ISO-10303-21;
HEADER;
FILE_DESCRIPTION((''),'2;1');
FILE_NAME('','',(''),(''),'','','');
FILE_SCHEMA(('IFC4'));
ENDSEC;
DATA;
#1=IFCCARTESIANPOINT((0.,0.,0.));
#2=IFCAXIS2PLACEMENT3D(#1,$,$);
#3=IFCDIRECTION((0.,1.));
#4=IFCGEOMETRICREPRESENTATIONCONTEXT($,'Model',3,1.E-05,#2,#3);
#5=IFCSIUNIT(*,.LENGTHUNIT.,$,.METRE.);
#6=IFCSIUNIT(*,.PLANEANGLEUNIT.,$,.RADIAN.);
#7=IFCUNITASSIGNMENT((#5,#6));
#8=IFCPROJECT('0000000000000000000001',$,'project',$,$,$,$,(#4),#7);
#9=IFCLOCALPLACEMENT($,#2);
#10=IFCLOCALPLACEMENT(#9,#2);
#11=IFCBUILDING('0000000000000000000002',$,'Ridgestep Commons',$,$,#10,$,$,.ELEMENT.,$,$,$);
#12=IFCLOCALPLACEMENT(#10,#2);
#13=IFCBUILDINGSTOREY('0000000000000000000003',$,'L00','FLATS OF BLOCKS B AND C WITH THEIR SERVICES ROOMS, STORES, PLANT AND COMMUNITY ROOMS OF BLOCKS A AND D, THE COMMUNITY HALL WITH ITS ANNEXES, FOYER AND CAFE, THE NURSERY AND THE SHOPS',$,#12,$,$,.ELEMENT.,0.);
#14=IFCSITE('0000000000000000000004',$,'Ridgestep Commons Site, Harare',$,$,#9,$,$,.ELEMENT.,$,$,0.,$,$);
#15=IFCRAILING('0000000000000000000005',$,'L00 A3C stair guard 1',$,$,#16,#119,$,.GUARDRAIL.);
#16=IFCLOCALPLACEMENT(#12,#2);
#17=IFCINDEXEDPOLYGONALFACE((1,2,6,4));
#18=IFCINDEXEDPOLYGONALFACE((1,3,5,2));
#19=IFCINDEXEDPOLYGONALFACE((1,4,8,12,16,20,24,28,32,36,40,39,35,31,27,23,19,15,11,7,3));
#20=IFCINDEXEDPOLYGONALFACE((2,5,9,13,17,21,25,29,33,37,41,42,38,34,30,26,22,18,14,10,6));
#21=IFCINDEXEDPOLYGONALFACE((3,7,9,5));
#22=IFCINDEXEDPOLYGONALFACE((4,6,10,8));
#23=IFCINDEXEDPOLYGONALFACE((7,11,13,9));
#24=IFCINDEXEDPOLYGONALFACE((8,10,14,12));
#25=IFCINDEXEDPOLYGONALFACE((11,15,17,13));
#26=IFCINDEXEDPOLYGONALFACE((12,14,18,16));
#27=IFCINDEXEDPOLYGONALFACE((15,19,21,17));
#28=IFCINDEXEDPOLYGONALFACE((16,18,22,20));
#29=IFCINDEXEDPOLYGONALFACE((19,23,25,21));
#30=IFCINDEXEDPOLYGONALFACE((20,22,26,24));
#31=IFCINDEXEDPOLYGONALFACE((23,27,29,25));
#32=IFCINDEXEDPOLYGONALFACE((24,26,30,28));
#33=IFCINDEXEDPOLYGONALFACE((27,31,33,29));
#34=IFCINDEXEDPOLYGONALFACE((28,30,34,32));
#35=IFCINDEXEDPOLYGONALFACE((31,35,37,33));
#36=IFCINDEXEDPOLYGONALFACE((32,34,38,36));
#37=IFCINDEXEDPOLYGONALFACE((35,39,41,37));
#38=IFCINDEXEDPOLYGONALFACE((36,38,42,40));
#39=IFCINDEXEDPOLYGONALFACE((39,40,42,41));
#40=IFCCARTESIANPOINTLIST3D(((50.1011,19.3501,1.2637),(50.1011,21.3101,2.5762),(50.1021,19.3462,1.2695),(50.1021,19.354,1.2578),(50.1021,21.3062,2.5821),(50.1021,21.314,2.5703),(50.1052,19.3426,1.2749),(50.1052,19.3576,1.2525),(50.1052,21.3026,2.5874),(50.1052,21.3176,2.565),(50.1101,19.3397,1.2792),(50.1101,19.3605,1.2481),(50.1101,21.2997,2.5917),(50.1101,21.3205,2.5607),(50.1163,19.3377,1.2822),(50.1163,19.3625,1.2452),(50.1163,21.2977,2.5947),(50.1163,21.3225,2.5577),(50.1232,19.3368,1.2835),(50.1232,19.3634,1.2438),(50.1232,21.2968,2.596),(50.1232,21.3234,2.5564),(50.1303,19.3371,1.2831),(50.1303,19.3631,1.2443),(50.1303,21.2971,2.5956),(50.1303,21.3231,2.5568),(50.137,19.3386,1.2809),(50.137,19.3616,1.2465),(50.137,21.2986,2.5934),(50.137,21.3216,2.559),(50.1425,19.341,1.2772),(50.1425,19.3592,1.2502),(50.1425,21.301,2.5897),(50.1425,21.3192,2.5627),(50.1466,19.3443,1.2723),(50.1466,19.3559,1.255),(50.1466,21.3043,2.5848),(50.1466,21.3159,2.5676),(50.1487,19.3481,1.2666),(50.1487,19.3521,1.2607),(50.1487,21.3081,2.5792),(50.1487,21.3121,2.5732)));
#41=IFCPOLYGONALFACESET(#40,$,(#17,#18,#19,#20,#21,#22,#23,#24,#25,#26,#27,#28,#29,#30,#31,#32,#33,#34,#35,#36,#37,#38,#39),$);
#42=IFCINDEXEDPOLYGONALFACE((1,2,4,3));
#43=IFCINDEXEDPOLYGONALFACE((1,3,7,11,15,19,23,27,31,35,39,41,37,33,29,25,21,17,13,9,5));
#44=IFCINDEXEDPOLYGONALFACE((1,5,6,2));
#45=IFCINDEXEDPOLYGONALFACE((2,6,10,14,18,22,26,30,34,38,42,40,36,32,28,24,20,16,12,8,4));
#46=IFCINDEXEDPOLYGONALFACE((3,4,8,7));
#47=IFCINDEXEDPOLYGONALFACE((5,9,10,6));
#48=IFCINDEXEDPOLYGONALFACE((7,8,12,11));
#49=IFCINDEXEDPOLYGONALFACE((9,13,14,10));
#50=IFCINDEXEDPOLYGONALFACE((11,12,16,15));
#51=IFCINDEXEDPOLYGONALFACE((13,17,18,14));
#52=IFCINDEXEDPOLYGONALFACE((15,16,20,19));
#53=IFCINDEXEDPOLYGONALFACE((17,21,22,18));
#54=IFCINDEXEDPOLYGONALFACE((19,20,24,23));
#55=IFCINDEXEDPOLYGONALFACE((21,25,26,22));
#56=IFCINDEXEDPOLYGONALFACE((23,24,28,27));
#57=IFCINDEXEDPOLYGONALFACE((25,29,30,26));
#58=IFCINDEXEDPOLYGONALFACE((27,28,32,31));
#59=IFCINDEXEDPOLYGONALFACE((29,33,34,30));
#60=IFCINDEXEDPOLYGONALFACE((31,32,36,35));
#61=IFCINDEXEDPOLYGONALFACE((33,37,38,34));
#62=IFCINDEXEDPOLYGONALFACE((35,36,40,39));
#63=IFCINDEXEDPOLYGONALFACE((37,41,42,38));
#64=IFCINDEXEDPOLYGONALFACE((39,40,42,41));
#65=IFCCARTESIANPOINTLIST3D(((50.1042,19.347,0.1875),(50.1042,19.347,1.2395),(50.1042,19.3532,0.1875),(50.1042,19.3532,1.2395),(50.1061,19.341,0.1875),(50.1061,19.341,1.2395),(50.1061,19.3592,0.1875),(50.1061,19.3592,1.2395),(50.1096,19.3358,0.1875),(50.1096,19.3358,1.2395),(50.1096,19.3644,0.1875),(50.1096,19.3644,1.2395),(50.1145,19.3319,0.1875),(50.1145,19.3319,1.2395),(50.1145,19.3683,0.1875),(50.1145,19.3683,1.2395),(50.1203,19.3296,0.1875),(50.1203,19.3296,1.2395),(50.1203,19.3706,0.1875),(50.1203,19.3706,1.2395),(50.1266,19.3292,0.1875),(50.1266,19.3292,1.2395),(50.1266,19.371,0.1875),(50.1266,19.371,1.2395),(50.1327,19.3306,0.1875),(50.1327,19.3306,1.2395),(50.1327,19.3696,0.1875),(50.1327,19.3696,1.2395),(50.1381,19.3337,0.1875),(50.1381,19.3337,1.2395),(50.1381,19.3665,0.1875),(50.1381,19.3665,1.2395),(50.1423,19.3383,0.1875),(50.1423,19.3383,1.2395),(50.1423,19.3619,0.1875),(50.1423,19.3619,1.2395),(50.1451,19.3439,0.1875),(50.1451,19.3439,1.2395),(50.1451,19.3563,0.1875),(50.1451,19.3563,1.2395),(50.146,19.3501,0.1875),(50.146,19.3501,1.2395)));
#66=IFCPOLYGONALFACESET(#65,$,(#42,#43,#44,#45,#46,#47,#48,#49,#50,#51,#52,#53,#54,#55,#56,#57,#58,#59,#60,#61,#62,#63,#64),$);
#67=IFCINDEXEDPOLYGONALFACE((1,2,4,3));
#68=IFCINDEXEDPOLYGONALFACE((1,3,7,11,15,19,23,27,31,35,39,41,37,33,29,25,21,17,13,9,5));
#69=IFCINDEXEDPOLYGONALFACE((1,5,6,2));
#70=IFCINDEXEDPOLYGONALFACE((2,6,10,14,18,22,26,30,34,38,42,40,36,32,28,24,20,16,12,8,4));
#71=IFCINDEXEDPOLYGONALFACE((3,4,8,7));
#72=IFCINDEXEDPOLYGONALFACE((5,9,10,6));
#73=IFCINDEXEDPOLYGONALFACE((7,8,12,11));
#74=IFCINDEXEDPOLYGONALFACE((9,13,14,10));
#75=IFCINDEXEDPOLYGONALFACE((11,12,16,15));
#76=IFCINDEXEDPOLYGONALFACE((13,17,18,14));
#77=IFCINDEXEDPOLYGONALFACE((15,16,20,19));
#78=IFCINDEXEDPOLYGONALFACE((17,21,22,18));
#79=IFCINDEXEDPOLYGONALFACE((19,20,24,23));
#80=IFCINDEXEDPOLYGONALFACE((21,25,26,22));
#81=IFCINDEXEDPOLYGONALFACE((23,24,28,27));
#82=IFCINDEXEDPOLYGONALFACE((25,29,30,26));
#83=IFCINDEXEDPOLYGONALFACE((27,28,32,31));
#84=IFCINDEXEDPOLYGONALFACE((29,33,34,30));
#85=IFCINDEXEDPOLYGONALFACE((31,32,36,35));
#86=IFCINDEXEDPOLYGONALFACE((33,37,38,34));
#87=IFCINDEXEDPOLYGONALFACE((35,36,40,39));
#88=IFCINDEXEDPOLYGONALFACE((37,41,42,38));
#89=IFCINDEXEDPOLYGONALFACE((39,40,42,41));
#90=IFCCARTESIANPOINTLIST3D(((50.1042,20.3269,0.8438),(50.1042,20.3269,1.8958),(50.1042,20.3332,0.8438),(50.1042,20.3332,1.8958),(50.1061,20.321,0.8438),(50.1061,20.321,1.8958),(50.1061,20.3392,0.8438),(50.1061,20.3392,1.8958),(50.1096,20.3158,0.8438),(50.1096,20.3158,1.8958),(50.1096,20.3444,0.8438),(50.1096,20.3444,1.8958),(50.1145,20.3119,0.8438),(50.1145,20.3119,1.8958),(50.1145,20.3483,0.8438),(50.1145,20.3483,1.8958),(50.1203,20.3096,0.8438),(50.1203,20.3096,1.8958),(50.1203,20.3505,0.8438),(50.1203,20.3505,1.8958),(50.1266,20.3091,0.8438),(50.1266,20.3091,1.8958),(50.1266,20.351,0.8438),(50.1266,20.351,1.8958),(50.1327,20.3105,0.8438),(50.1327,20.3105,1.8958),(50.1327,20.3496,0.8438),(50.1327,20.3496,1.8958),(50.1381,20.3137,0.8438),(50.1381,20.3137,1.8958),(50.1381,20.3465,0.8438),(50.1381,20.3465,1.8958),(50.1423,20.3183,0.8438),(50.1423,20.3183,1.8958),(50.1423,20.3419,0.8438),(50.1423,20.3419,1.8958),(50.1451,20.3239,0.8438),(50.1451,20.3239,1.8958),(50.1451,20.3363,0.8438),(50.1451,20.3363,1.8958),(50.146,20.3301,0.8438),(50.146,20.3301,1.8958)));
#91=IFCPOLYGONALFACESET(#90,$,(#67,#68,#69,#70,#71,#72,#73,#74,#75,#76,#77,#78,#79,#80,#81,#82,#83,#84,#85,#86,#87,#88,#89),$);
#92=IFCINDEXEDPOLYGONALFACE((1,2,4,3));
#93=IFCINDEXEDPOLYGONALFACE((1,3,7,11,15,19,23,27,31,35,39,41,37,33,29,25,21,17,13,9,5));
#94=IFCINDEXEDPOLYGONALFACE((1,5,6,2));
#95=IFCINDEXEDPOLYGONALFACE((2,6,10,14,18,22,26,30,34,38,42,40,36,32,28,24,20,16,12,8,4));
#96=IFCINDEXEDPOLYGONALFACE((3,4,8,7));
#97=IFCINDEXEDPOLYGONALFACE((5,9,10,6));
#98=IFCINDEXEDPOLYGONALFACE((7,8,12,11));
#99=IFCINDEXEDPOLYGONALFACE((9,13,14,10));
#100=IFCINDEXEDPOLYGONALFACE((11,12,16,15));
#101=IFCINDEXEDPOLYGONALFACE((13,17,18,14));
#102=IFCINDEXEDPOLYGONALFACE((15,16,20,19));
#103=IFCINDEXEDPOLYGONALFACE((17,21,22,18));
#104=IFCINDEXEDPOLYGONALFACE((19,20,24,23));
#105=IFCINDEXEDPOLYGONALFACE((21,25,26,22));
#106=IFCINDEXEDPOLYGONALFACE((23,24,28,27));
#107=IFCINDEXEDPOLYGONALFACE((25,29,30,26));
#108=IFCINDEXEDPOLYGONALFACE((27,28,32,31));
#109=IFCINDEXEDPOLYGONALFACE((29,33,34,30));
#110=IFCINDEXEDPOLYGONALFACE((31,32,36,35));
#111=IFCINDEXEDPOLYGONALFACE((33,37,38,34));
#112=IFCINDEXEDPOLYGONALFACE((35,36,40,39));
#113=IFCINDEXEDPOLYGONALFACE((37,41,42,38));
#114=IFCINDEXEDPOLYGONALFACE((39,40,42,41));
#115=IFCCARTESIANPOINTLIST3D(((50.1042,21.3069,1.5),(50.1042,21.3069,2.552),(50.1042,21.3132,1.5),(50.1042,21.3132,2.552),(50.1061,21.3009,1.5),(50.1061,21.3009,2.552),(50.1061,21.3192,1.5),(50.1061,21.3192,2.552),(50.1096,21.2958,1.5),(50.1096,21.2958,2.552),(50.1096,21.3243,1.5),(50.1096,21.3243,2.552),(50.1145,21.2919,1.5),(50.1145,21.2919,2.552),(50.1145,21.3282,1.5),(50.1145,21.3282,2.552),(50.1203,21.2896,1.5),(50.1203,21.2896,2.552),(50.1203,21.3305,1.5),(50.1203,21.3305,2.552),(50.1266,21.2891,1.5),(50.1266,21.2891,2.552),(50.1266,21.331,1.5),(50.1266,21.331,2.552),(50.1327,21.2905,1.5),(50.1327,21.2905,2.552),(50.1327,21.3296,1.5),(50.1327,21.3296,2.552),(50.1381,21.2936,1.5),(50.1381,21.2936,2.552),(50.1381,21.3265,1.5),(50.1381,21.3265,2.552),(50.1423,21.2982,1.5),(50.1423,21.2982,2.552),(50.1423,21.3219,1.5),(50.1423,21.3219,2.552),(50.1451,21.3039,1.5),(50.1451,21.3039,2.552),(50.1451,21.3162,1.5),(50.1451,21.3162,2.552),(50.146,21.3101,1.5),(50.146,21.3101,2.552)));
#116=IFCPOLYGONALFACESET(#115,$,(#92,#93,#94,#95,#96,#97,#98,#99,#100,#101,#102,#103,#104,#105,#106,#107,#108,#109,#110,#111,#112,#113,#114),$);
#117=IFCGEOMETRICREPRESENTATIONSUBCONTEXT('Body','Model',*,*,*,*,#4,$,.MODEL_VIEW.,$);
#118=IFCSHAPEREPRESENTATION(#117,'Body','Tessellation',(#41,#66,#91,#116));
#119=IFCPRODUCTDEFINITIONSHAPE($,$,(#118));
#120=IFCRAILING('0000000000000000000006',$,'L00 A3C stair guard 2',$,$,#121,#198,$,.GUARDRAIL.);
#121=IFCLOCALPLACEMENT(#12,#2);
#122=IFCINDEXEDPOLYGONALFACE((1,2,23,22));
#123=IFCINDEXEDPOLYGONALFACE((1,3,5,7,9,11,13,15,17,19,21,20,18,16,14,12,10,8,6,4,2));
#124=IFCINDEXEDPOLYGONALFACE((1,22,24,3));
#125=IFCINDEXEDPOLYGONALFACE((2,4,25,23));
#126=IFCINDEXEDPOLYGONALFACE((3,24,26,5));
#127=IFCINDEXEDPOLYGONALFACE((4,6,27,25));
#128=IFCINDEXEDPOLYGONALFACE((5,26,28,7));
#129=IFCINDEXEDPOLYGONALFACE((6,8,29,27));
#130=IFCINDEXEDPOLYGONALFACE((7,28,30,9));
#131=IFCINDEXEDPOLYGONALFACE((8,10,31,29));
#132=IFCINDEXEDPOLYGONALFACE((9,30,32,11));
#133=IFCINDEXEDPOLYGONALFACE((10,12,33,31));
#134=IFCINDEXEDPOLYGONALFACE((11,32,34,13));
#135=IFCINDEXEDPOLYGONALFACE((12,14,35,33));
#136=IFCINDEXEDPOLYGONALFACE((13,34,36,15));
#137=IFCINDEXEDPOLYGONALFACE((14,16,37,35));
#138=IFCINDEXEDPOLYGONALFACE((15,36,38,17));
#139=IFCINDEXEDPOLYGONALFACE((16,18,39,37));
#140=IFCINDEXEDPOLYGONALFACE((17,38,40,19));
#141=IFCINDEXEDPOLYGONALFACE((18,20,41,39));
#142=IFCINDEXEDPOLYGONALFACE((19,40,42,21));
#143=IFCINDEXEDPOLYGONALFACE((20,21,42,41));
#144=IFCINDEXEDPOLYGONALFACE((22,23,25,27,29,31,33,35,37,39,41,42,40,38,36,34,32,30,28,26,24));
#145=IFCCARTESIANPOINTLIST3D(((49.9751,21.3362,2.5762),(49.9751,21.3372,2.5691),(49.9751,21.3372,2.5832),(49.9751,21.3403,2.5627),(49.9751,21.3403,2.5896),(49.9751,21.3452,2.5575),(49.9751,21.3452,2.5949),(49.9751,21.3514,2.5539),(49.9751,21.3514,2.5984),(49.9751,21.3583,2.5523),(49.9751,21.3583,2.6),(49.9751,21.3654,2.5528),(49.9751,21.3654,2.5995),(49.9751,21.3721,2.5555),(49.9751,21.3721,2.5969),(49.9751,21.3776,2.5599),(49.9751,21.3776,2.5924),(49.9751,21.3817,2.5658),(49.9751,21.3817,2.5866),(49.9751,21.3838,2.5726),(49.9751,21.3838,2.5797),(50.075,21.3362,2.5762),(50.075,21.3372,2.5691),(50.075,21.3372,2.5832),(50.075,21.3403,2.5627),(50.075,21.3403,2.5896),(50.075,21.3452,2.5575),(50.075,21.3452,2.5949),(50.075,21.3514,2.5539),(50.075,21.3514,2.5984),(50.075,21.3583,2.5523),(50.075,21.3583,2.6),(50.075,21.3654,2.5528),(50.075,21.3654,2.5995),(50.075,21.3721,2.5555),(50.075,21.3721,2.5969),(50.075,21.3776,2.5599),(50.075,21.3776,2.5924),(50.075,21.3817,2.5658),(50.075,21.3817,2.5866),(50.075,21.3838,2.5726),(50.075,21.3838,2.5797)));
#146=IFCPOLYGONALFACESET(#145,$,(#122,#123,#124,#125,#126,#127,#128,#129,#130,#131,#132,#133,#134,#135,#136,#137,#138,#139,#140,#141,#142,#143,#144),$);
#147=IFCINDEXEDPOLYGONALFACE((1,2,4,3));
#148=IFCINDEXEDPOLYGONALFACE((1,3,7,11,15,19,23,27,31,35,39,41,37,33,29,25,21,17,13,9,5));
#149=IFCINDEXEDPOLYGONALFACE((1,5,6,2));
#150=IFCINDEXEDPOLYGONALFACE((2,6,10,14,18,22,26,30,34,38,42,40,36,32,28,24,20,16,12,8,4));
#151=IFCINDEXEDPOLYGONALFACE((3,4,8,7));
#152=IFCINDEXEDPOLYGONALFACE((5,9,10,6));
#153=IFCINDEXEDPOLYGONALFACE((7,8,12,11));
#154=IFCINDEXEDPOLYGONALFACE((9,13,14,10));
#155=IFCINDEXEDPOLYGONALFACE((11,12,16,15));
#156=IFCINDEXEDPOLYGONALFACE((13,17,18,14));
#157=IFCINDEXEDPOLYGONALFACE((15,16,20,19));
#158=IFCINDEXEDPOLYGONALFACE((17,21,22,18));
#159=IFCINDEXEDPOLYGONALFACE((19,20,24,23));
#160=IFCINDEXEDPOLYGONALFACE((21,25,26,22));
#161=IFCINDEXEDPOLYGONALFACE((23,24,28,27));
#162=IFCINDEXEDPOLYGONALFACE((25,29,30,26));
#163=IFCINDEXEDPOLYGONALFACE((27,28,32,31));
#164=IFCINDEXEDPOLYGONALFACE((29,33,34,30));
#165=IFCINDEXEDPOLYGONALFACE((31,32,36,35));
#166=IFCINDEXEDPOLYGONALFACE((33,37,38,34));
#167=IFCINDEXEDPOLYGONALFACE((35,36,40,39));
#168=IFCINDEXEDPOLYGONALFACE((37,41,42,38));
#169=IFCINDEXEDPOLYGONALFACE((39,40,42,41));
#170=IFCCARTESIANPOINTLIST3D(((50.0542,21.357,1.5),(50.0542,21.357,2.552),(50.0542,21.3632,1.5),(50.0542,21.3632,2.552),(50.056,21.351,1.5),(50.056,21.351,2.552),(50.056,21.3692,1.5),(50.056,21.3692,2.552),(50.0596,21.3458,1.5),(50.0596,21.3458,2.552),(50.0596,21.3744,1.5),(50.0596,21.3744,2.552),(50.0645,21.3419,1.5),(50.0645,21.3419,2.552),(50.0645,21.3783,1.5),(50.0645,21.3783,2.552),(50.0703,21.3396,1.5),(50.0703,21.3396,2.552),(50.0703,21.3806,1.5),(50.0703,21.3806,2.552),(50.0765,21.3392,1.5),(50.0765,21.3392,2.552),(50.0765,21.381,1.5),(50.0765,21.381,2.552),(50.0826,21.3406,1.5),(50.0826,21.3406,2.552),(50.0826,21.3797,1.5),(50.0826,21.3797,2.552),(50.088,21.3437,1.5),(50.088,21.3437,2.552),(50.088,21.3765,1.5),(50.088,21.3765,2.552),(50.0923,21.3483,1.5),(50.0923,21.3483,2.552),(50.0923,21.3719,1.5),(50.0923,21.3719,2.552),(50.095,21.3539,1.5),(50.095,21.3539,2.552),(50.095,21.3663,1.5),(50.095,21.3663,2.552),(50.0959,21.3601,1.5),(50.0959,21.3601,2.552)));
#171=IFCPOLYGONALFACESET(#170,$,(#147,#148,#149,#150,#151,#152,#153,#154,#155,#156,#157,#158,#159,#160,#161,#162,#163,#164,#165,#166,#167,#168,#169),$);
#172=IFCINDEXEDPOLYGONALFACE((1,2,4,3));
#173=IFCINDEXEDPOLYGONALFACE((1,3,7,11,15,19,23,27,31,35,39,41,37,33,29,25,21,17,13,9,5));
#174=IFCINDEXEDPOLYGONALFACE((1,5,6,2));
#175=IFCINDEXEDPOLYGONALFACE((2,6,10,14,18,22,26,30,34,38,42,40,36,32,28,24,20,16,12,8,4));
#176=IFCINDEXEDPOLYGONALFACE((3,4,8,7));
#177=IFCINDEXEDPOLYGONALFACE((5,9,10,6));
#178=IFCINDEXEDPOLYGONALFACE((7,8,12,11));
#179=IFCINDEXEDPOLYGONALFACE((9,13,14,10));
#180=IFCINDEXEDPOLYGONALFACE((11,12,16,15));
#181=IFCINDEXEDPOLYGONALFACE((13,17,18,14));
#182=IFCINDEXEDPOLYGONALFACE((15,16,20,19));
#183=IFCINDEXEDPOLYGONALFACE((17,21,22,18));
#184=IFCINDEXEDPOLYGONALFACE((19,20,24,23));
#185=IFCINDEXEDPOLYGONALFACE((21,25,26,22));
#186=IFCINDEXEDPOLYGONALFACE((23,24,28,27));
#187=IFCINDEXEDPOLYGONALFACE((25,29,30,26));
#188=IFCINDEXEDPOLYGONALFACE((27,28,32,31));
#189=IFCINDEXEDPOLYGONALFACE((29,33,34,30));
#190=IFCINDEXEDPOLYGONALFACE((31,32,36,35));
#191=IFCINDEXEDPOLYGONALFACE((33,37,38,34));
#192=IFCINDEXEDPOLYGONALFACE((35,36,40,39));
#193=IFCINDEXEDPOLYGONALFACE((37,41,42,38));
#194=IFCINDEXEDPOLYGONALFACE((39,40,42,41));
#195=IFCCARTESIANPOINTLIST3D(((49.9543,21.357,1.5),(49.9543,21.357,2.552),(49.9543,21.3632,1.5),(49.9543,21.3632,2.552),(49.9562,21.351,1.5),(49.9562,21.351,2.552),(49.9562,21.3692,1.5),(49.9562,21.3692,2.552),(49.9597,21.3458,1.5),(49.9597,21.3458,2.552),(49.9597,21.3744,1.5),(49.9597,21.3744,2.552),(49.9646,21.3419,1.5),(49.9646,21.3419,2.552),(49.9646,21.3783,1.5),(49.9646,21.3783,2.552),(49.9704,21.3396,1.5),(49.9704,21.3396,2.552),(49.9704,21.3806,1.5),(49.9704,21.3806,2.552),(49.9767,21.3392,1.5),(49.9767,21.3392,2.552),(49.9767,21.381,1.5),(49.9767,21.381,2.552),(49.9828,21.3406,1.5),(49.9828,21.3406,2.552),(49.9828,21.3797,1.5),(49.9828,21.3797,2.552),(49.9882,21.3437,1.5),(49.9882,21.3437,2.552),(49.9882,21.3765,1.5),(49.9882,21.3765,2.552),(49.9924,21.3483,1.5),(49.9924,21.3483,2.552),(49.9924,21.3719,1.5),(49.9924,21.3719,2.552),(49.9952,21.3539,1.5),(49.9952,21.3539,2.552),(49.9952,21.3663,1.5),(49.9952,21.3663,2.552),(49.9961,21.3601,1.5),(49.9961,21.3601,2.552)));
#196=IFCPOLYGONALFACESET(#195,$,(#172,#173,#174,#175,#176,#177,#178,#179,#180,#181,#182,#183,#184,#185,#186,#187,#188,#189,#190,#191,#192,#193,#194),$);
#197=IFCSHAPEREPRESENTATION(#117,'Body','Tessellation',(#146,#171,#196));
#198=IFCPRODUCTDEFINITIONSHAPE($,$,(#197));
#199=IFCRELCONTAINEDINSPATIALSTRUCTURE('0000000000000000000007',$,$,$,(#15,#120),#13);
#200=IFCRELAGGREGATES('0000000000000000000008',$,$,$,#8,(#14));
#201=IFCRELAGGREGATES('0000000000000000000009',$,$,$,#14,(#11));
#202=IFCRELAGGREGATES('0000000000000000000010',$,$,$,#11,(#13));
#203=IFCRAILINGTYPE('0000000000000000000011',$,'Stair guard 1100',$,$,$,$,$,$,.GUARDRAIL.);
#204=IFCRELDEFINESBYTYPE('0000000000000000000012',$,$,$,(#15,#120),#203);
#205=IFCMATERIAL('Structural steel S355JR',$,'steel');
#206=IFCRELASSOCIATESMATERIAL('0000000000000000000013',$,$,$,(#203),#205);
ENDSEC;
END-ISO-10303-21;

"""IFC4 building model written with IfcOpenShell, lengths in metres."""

from ifc_helpers import new_model, si_unit, direction, frame, origin, origin_2d, place, context, subcontext, project, spatial, circle, extrude, material, type_object, element, save


model = new_model("IFC4")

# Units and contexts
model_context = context("Model", 3, precision=1e-05, world=origin(), true_north=direction((0.0, 1.0)))
body_context = subcontext(model_context, "Body", "Model", "MODEL_VIEW")
ifc_project = project(units=[si_unit("LENGTHUNIT", "METRE"), si_unit("PLANEANGLEUNIT", "RADIAN")], contexts=[model_context])

# Site, building, storey
site_placement = place(None, origin())
site = spatial("IfcSite", under=ifc_project, at=site_placement, Name="Ridgestep Commons Site, Harare", CompositionType="ELEMENT", RefElevation=0.0)
building_placement = place(site_placement, origin())
building = spatial("IfcBuilding", under=site, at=building_placement, Name="Ridgestep Commons", CompositionType="ELEMENT")
storey_placement = place(building_placement, origin())
storey = spatial("IfcBuildingStorey", under=building, at=storey_placement, Name="L00", Description="FLATS OF BLOCKS B AND C WITH THEIR SERVICES ROOMS, STORES, PLANT AND COMMUNITY ROOMS OF BLOCKS A AND D, THE COMMUNITY HALL WITH ITS ANNEXES, FOYER AND CAFE, THE NURSERY AND THE SHOPS", CompositionType="ELEMENT", Elevation=0.0)

# Railings
ifc_material_1 = material(Name="Structural steel S355JR", Category="steel")
railing_type_1 = type_object("IfcRailingType", Name="Stair guard 1100", PredefinedType="GUARDRAIL", material=ifc_material_1)
railing_1_placement = place(storey_placement, frame((50.125, 19.3501, 0.1875)))
element("IfcRailing", 1, at=railing_1_placement, inside=storey, type_object=railing_type_1, Name="L00 A3C stair guard 1", PredefinedType="GUARDRAIL", context=body_context, shape_type="SweptSolid", body=[
    extrude(circle(Radius=0.0239, at=origin_2d()), frame((0.0, 0.0, 1.0762), z_axis=(0.0, 0.830902, 0.556419), x_axis=(-1.0, 0.0, 0.0)), (0.0, 0.0, 1.0), 2.3589),
    extrude(circle(Radius=0.021, at=origin_2d()), origin(), (0.0, 0.0, 1.0), 1.052),
    extrude(circle(Radius=0.021, at=origin_2d()), frame((0.0, 0.98, 0.6562)), (0.0, 0.0, 1.0), 1.052),
    extrude(circle(Radius=0.021, at=origin_2d()), frame((0.0, 1.96, 1.3125)), (0.0, 0.0, 1.0), 1.052),
])
railing_2_placement = place(storey_placement, frame((50.075, 21.3601, 1.5)))
element("IfcRailing", 2, at=railing_2_placement, inside=storey, type_object=railing_type_1, Name="L00 A3C stair guard 2", PredefinedType="GUARDRAIL", context=body_context, shape_type="SweptSolid", body=[
    extrude(circle(Radius=0.0239, at=origin_2d()), frame((0.0, 0.0, 1.0762), z_axis=(-1.0, 0.0, 0.0), x_axis=(0.0, -1.0, 0.0)), (0.0, 0.0, 1.0), 0.0999),
    extrude(circle(Radius=0.021, at=origin_2d()), origin(), (0.0, 0.0, 1.0), 1.052),
    extrude(circle(Radius=0.021, at=origin_2d()), frame((-0.0999, 0.0, 0.0)), (0.0, 0.0, 1.0), 1.052),
])

save(model, "model.ifc")
